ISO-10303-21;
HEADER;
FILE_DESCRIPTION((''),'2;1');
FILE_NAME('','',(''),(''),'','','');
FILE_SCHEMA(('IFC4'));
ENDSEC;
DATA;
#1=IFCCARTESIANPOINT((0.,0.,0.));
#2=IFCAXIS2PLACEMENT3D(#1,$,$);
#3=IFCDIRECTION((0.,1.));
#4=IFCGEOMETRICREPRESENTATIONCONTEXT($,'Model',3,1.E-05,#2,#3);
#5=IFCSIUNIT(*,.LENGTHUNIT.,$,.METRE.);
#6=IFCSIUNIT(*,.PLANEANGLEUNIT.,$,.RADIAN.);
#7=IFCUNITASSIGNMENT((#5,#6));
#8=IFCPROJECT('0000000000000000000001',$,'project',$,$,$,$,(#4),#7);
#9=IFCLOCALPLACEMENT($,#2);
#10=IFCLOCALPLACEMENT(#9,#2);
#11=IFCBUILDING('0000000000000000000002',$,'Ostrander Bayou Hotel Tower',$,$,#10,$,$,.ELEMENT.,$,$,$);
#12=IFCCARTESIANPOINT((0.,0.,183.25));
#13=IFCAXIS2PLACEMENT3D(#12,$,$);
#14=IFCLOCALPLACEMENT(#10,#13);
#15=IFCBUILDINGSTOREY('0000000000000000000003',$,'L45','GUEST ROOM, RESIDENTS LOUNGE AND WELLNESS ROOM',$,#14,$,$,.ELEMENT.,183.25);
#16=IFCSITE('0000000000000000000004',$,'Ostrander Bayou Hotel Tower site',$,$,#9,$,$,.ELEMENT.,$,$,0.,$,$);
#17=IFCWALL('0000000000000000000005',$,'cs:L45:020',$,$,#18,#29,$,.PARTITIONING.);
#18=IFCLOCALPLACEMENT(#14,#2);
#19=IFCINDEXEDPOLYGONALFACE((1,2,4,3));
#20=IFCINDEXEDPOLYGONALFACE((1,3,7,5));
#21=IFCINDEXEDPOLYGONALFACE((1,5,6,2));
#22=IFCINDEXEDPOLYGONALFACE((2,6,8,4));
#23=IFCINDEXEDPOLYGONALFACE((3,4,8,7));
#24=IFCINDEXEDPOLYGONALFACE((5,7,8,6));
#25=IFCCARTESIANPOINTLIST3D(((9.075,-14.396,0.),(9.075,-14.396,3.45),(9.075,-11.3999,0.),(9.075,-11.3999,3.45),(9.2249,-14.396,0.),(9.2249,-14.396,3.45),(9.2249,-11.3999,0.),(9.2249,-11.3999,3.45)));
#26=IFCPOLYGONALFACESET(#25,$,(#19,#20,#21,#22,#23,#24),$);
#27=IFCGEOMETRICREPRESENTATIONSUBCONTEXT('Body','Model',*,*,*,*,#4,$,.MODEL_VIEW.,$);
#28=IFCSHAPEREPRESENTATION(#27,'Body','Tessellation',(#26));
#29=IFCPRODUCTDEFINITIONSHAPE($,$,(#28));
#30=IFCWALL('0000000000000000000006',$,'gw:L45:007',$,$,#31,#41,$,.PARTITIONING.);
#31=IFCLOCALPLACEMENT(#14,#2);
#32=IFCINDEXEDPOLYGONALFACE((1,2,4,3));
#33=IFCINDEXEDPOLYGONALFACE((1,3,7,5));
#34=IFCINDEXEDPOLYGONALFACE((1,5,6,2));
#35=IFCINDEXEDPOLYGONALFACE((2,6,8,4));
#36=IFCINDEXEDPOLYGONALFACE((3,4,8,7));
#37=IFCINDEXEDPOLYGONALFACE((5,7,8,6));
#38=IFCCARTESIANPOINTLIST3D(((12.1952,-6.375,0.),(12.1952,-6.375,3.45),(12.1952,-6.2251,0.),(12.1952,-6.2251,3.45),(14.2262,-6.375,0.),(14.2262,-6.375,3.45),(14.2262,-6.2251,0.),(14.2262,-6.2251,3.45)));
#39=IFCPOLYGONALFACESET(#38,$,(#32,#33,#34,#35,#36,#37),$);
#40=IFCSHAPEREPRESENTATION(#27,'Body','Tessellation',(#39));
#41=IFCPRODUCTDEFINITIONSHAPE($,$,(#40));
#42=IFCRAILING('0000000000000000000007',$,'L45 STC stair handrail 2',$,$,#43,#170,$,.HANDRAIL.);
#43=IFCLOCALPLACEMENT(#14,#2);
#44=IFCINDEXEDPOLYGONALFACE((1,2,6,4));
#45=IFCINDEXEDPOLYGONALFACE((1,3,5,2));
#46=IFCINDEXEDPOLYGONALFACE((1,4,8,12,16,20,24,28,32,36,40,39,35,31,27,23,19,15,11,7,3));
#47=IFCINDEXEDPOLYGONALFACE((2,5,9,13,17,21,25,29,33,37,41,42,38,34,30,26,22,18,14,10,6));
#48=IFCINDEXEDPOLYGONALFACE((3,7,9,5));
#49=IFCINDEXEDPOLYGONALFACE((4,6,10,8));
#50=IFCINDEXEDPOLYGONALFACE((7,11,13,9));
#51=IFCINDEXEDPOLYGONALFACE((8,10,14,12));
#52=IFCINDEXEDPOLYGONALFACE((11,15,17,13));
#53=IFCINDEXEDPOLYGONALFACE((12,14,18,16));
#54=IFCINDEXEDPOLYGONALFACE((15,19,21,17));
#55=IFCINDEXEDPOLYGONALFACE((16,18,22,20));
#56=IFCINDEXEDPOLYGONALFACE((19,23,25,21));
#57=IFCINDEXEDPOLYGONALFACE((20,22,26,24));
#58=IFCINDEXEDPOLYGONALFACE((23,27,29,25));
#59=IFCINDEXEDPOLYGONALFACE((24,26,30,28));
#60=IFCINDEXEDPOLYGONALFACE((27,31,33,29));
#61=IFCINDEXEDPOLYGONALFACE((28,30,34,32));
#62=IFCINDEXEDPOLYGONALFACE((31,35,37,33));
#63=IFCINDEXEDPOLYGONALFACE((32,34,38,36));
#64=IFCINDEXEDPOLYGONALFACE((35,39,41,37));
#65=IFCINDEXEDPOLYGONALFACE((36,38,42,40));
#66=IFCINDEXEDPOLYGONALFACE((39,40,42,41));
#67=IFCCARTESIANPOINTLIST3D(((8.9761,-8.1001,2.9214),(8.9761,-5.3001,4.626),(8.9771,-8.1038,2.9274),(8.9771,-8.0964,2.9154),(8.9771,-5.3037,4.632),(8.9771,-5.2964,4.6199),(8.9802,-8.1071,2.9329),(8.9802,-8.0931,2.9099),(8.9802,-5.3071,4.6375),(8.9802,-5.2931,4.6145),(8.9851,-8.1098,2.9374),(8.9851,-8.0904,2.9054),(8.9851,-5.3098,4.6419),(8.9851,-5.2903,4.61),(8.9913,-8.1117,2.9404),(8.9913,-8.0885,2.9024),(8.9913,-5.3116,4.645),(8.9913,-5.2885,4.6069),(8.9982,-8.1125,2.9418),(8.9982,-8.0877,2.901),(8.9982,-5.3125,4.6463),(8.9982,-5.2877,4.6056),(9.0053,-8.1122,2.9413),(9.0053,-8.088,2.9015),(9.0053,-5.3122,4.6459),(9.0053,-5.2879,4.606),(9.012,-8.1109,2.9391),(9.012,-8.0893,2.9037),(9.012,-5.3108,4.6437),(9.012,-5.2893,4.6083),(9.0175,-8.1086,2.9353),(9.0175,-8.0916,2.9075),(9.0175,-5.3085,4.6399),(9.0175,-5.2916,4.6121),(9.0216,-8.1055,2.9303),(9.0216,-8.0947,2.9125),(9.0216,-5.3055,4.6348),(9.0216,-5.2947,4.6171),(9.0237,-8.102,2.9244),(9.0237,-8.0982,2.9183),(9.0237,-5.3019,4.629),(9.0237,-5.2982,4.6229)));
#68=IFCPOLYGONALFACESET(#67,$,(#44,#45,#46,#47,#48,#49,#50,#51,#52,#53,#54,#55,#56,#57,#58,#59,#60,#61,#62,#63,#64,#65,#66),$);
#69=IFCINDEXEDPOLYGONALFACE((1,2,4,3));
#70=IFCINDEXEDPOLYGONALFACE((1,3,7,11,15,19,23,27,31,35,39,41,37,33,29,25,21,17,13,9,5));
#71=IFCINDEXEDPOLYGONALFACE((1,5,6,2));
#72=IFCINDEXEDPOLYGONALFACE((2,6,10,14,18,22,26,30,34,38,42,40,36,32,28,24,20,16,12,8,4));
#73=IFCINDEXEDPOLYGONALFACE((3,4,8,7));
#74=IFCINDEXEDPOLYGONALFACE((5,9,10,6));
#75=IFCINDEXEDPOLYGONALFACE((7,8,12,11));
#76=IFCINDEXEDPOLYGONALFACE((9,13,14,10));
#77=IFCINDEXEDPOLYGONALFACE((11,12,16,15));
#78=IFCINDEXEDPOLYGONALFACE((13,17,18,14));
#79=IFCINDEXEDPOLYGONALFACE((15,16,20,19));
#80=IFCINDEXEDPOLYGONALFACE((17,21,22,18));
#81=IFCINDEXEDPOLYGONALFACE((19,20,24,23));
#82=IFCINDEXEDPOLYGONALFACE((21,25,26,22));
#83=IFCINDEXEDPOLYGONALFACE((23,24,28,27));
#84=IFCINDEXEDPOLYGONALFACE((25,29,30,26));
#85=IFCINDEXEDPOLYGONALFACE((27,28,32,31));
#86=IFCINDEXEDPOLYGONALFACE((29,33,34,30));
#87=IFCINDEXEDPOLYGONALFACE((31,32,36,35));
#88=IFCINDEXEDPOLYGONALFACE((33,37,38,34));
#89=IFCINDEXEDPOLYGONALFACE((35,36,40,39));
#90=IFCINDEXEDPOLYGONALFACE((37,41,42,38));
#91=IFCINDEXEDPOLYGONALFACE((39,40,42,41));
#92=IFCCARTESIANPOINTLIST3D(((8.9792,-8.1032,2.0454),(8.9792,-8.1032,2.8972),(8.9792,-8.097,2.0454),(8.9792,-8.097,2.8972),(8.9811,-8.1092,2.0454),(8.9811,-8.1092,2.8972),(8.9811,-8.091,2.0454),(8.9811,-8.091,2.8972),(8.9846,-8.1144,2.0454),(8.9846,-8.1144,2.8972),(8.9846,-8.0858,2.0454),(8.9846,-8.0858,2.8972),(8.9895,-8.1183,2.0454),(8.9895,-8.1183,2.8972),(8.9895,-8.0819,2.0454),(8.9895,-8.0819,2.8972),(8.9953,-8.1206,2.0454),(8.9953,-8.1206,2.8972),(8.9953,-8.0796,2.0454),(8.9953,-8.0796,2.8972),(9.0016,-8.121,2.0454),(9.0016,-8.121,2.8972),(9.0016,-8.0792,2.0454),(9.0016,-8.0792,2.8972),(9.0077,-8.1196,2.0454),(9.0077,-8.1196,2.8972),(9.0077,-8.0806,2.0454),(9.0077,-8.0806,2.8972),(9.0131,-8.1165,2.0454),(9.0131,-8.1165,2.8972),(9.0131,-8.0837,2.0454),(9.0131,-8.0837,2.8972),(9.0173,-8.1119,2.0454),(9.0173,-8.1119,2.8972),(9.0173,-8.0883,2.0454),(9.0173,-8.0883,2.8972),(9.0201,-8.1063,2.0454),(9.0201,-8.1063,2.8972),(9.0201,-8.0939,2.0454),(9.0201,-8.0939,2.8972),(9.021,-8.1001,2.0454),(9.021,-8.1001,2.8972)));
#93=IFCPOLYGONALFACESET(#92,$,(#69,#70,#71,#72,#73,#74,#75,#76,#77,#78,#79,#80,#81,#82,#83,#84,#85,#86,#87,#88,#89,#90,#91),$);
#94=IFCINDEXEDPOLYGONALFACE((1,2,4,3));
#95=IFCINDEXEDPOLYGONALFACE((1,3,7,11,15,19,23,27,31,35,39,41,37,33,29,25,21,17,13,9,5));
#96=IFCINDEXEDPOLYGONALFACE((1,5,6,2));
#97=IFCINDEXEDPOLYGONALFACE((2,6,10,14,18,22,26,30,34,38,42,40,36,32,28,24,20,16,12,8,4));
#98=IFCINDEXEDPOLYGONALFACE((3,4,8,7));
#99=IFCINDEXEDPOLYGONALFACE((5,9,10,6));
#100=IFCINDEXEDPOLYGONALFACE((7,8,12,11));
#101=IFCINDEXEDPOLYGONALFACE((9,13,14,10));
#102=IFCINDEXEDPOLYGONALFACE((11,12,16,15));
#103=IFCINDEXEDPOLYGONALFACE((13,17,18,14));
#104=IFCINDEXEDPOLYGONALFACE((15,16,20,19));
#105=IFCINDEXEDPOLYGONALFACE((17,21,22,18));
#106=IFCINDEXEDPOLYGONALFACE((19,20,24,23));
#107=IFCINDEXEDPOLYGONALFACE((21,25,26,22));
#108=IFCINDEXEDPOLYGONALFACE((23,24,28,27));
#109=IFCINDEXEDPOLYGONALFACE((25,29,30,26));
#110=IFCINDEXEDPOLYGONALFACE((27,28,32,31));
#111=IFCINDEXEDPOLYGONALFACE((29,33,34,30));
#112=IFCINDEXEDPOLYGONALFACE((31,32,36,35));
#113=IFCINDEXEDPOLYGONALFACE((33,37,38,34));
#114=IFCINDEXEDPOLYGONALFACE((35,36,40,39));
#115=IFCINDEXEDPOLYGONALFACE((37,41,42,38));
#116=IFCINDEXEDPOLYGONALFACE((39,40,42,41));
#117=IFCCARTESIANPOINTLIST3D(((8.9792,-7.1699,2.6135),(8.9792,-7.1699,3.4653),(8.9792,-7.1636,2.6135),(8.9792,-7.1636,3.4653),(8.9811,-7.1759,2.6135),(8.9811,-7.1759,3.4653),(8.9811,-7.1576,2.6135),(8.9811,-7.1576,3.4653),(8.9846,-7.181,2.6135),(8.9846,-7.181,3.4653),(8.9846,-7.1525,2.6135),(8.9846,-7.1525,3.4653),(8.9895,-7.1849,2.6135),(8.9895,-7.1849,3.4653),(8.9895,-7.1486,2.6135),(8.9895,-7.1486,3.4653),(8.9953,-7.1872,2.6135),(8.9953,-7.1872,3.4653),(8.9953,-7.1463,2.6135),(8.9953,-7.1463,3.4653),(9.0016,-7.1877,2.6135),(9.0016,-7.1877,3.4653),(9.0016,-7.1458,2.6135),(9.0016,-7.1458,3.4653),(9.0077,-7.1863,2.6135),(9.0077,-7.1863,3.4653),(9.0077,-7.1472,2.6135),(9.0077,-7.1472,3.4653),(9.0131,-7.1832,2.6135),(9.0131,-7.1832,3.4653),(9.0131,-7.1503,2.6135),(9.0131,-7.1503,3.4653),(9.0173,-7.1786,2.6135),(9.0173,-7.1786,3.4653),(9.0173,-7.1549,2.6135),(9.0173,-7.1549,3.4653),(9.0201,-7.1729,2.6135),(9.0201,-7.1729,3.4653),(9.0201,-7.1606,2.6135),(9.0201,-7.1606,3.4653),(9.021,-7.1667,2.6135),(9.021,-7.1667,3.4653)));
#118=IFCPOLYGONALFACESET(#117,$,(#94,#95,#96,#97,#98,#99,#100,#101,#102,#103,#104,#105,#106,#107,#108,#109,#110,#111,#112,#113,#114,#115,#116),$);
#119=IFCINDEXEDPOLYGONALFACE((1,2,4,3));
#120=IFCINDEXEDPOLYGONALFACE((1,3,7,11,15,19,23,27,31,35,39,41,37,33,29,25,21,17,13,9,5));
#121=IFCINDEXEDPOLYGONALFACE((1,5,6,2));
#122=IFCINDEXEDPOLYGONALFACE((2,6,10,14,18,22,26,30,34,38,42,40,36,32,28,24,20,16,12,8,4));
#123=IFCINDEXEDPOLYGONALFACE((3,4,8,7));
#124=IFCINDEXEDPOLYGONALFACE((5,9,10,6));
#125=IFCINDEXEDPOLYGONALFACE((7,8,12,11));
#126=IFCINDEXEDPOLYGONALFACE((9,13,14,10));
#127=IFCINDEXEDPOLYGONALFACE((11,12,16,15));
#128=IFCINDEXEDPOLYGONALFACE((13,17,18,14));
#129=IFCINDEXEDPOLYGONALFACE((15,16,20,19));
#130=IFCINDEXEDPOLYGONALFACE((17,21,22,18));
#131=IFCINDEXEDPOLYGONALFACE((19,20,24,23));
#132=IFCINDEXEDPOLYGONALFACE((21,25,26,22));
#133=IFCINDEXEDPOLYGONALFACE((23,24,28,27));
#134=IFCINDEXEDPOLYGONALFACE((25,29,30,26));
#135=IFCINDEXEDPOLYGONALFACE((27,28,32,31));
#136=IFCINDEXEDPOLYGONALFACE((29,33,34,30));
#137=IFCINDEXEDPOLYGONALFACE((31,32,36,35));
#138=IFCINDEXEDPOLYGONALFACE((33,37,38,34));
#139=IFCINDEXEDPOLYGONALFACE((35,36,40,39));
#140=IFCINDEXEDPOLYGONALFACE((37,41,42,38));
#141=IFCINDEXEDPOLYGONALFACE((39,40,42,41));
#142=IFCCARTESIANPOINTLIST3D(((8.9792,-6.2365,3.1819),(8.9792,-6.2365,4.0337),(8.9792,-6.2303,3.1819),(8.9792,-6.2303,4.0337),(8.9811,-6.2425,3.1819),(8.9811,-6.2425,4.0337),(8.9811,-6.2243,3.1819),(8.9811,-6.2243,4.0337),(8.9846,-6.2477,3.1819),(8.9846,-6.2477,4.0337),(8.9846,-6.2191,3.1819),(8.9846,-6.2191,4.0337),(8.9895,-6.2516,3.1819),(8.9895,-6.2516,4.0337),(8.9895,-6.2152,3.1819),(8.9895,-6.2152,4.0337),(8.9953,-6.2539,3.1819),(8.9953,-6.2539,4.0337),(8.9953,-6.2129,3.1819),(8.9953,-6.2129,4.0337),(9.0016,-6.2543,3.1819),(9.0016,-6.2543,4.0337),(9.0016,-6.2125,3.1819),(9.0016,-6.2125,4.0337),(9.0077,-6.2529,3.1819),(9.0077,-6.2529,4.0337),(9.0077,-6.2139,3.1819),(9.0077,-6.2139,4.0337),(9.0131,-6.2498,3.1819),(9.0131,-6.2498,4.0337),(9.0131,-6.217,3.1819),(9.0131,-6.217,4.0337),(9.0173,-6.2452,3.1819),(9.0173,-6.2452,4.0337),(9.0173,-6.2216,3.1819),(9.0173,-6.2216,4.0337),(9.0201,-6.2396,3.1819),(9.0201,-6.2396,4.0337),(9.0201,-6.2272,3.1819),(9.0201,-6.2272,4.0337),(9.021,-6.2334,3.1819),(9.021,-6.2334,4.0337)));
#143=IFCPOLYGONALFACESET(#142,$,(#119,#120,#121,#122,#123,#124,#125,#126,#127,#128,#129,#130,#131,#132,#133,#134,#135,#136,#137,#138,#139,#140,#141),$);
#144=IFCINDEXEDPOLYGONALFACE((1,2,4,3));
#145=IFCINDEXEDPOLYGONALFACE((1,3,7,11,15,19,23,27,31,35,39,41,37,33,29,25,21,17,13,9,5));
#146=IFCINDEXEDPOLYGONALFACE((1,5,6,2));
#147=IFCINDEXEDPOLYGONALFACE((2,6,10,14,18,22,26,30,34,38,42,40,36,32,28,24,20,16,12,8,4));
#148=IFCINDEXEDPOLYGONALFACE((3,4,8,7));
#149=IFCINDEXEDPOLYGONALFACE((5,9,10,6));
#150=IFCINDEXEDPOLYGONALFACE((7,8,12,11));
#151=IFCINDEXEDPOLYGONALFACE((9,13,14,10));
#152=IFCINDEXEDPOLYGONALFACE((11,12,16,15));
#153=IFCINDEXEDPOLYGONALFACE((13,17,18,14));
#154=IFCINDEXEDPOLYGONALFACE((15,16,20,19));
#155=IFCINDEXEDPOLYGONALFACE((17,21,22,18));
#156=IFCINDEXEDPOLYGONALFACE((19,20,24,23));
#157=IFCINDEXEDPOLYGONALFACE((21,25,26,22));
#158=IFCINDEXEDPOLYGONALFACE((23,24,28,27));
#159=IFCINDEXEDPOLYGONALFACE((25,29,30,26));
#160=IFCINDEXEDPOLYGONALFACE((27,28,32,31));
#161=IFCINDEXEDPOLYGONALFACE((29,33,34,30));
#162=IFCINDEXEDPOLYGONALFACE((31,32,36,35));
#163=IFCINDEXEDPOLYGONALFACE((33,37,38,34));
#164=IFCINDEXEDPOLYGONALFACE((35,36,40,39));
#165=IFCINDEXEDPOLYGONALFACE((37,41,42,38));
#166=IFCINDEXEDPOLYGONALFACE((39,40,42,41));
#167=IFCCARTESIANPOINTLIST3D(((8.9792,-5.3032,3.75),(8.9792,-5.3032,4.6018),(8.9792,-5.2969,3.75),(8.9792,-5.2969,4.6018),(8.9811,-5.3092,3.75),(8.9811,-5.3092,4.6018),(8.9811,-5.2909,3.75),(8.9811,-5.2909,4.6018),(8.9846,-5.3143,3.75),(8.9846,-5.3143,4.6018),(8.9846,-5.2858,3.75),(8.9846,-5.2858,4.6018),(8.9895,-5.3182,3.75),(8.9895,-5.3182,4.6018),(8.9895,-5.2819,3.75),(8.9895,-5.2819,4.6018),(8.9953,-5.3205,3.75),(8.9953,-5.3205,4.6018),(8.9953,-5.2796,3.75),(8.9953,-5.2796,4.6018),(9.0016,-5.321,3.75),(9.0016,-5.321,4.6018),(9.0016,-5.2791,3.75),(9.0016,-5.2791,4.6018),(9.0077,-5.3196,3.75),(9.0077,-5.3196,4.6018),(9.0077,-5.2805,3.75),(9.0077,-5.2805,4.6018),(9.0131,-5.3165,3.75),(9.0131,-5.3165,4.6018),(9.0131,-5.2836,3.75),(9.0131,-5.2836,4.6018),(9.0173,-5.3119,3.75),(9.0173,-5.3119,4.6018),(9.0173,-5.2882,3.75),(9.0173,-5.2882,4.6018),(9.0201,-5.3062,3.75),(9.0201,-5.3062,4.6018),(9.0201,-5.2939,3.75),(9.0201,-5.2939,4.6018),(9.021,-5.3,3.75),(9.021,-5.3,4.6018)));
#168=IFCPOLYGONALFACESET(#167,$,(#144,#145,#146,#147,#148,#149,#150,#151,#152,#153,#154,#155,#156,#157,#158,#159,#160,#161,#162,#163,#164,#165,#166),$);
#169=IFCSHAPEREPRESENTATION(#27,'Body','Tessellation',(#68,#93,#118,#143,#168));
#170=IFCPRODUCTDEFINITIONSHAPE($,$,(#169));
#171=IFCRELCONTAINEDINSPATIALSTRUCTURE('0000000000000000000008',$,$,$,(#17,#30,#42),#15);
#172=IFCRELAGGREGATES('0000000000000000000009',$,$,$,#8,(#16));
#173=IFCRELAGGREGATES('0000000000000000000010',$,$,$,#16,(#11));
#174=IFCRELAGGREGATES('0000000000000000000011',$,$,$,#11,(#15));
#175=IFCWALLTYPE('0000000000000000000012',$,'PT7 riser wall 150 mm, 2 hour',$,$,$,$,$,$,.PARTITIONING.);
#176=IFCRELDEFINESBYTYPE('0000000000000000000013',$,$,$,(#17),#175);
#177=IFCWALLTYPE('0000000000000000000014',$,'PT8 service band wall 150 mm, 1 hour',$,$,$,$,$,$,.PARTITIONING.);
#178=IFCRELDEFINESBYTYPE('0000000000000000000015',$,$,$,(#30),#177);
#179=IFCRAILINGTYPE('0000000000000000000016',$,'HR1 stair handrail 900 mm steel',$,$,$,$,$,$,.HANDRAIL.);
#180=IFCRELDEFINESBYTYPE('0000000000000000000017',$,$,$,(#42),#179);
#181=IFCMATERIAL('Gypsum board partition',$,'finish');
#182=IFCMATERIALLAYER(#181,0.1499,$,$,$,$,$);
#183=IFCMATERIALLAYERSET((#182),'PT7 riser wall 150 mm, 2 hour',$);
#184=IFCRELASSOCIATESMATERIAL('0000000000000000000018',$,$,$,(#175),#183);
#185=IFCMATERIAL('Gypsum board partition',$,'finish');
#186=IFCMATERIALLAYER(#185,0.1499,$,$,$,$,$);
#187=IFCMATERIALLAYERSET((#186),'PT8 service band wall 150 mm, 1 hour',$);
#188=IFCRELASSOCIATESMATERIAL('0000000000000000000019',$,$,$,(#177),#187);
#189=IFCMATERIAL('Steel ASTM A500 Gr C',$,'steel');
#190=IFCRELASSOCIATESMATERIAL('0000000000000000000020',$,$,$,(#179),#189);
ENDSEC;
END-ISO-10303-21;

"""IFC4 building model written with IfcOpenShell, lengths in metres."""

from ifc_helpers import new_model, si_unit, direction, frame, frame_2d, origin, origin_2d, place, context, subcontext, project, spatial, rectangle, circle, extrude, material, layer, layer_set, type_object, element, save


model = new_model("IFC4")

# Units and contexts
model_context = context("Model", 3, precision=1e-05, world=origin(), true_north=direction((0.0, 1.0)))
body_context = subcontext(model_context, "Body", "Model", "MODEL_VIEW")
ifc_project = project(units=[si_unit("LENGTHUNIT", "METRE"), si_unit("PLANEANGLEUNIT", "RADIAN")], contexts=[model_context])

# Site, building, storey
site_placement = place(None, origin())
site = spatial("IfcSite", under=ifc_project, at=site_placement, Name="Ostrander Bayou Hotel Tower site", CompositionType="ELEMENT", RefElevation=0.0)
building_placement = place(site_placement, origin())
building = spatial("IfcBuilding", under=site, at=building_placement, Name="Ostrander Bayou Hotel Tower", CompositionType="ELEMENT")
storey_placement = place(building_placement, frame((0.0, 0.0, 183.25)))
storey = spatial("IfcBuildingStorey", under=building, at=storey_placement, Name="L45", Description="GUEST ROOM, RESIDENTS LOUNGE AND WELLNESS ROOM", CompositionType="ELEMENT", Elevation=183.25)

# Walls
ifc_material_1 = material(Name="Gypsum board partition", Category="finish")
ifc_layer_1 = layer(ifc_material_1, 0.1499)
ifc_layer_set_1 = layer_set([ifc_layer_1], Name="PT7 riser wall 150 mm, 2 hour")
wall_type_1 = type_object("IfcWallType", Name="PT7 riser wall 150 mm, 2 hour", PredefinedType="PARTITIONING", material=ifc_layer_set_1)
wall_1_placement = place(storey_placement, frame((9.1499, -11.3999, 0.0), z_axis=(0.0, 0.0, 1.0), x_axis=(0.0, -1.0, 0.0)))
element("IfcWall", 1, at=wall_1_placement, inside=storey, type_object=wall_type_1, Name="cs:L45:020", PredefinedType="PARTITIONING", context=body_context, shape_type="SweptSolid", body=[
    extrude(rectangle(XDim=2.9961, YDim=0.1499, at=frame_2d((1.498, 0.0))), origin(), (0.0, 0.0, 1.0), 3.45),
])
ifc_material_2 = material(Name="Gypsum board partition", Category="finish")
ifc_layer_2 = layer(ifc_material_2, 0.1499)
ifc_layer_set_2 = layer_set([ifc_layer_2], Name="PT8 service band wall 150 mm, 1 hour")
wall_type_2 = type_object("IfcWallType", Name="PT8 service band wall 150 mm, 1 hour", PredefinedType="PARTITIONING", material=ifc_layer_set_2)
wall_2_placement = place(storey_placement, frame((12.1951, -6.3, 0.0), z_axis=(0.0, 0.0, 1.0), x_axis=(1.0, 0.0, 0.0)))
element("IfcWall", 2, at=wall_2_placement, inside=storey, type_object=wall_type_2, Name="gw:L45:007", PredefinedType="PARTITIONING", context=body_context, shape_type="SweptSolid", body=[
    extrude(rectangle(XDim=2.031, YDim=0.1499, at=frame_2d((1.0156, 0.0))), origin(), (0.0, 0.0, 1.0), 3.45),
])

# Railing
ifc_material_3 = material(Name="Steel ASTM A500 Gr C", Category="steel")
railing_type = type_object("IfcRailingType", Name="HR1 stair handrail 900 mm steel", PredefinedType="HANDRAIL", material=ifc_material_3)
railing_placement = place(storey_placement, frame((9.0, -8.1001, 2.0454)))
element("IfcRailing", 3, at=railing_placement, inside=storey, type_object=railing_type, Name="L45 STC stair handrail 2", PredefinedType="HANDRAIL", context=body_context, shape_type="SweptSolid", body=[
    extrude(circle(Radius=0.0239, at=origin_2d()), frame((0.0, 0.0, 0.876), z_axis=(0.0, 0.85417, 0.519994), x_axis=(-1.0, 0.0, 0.0)), (0.0, 0.0, 1.0), 3.2781),
    extrude(circle(Radius=0.021, at=origin_2d()), origin(), (0.0, 0.0, 1.0), 0.8518),
    extrude(circle(Radius=0.021, at=origin_2d()), frame((0.0, 0.9333, 0.5681)), (0.0, 0.0, 1.0), 0.8518),
    extrude(circle(Radius=0.021, at=origin_2d()), frame((0.0, 1.8667, 1.1365)), (0.0, 0.0, 1.0), 0.8518),
    extrude(circle(Radius=0.021, at=origin_2d()), frame((0.0, 2.8, 1.7046)), (0.0, 0.0, 1.0), 0.8518),
])

save(model, "model.ifc")
